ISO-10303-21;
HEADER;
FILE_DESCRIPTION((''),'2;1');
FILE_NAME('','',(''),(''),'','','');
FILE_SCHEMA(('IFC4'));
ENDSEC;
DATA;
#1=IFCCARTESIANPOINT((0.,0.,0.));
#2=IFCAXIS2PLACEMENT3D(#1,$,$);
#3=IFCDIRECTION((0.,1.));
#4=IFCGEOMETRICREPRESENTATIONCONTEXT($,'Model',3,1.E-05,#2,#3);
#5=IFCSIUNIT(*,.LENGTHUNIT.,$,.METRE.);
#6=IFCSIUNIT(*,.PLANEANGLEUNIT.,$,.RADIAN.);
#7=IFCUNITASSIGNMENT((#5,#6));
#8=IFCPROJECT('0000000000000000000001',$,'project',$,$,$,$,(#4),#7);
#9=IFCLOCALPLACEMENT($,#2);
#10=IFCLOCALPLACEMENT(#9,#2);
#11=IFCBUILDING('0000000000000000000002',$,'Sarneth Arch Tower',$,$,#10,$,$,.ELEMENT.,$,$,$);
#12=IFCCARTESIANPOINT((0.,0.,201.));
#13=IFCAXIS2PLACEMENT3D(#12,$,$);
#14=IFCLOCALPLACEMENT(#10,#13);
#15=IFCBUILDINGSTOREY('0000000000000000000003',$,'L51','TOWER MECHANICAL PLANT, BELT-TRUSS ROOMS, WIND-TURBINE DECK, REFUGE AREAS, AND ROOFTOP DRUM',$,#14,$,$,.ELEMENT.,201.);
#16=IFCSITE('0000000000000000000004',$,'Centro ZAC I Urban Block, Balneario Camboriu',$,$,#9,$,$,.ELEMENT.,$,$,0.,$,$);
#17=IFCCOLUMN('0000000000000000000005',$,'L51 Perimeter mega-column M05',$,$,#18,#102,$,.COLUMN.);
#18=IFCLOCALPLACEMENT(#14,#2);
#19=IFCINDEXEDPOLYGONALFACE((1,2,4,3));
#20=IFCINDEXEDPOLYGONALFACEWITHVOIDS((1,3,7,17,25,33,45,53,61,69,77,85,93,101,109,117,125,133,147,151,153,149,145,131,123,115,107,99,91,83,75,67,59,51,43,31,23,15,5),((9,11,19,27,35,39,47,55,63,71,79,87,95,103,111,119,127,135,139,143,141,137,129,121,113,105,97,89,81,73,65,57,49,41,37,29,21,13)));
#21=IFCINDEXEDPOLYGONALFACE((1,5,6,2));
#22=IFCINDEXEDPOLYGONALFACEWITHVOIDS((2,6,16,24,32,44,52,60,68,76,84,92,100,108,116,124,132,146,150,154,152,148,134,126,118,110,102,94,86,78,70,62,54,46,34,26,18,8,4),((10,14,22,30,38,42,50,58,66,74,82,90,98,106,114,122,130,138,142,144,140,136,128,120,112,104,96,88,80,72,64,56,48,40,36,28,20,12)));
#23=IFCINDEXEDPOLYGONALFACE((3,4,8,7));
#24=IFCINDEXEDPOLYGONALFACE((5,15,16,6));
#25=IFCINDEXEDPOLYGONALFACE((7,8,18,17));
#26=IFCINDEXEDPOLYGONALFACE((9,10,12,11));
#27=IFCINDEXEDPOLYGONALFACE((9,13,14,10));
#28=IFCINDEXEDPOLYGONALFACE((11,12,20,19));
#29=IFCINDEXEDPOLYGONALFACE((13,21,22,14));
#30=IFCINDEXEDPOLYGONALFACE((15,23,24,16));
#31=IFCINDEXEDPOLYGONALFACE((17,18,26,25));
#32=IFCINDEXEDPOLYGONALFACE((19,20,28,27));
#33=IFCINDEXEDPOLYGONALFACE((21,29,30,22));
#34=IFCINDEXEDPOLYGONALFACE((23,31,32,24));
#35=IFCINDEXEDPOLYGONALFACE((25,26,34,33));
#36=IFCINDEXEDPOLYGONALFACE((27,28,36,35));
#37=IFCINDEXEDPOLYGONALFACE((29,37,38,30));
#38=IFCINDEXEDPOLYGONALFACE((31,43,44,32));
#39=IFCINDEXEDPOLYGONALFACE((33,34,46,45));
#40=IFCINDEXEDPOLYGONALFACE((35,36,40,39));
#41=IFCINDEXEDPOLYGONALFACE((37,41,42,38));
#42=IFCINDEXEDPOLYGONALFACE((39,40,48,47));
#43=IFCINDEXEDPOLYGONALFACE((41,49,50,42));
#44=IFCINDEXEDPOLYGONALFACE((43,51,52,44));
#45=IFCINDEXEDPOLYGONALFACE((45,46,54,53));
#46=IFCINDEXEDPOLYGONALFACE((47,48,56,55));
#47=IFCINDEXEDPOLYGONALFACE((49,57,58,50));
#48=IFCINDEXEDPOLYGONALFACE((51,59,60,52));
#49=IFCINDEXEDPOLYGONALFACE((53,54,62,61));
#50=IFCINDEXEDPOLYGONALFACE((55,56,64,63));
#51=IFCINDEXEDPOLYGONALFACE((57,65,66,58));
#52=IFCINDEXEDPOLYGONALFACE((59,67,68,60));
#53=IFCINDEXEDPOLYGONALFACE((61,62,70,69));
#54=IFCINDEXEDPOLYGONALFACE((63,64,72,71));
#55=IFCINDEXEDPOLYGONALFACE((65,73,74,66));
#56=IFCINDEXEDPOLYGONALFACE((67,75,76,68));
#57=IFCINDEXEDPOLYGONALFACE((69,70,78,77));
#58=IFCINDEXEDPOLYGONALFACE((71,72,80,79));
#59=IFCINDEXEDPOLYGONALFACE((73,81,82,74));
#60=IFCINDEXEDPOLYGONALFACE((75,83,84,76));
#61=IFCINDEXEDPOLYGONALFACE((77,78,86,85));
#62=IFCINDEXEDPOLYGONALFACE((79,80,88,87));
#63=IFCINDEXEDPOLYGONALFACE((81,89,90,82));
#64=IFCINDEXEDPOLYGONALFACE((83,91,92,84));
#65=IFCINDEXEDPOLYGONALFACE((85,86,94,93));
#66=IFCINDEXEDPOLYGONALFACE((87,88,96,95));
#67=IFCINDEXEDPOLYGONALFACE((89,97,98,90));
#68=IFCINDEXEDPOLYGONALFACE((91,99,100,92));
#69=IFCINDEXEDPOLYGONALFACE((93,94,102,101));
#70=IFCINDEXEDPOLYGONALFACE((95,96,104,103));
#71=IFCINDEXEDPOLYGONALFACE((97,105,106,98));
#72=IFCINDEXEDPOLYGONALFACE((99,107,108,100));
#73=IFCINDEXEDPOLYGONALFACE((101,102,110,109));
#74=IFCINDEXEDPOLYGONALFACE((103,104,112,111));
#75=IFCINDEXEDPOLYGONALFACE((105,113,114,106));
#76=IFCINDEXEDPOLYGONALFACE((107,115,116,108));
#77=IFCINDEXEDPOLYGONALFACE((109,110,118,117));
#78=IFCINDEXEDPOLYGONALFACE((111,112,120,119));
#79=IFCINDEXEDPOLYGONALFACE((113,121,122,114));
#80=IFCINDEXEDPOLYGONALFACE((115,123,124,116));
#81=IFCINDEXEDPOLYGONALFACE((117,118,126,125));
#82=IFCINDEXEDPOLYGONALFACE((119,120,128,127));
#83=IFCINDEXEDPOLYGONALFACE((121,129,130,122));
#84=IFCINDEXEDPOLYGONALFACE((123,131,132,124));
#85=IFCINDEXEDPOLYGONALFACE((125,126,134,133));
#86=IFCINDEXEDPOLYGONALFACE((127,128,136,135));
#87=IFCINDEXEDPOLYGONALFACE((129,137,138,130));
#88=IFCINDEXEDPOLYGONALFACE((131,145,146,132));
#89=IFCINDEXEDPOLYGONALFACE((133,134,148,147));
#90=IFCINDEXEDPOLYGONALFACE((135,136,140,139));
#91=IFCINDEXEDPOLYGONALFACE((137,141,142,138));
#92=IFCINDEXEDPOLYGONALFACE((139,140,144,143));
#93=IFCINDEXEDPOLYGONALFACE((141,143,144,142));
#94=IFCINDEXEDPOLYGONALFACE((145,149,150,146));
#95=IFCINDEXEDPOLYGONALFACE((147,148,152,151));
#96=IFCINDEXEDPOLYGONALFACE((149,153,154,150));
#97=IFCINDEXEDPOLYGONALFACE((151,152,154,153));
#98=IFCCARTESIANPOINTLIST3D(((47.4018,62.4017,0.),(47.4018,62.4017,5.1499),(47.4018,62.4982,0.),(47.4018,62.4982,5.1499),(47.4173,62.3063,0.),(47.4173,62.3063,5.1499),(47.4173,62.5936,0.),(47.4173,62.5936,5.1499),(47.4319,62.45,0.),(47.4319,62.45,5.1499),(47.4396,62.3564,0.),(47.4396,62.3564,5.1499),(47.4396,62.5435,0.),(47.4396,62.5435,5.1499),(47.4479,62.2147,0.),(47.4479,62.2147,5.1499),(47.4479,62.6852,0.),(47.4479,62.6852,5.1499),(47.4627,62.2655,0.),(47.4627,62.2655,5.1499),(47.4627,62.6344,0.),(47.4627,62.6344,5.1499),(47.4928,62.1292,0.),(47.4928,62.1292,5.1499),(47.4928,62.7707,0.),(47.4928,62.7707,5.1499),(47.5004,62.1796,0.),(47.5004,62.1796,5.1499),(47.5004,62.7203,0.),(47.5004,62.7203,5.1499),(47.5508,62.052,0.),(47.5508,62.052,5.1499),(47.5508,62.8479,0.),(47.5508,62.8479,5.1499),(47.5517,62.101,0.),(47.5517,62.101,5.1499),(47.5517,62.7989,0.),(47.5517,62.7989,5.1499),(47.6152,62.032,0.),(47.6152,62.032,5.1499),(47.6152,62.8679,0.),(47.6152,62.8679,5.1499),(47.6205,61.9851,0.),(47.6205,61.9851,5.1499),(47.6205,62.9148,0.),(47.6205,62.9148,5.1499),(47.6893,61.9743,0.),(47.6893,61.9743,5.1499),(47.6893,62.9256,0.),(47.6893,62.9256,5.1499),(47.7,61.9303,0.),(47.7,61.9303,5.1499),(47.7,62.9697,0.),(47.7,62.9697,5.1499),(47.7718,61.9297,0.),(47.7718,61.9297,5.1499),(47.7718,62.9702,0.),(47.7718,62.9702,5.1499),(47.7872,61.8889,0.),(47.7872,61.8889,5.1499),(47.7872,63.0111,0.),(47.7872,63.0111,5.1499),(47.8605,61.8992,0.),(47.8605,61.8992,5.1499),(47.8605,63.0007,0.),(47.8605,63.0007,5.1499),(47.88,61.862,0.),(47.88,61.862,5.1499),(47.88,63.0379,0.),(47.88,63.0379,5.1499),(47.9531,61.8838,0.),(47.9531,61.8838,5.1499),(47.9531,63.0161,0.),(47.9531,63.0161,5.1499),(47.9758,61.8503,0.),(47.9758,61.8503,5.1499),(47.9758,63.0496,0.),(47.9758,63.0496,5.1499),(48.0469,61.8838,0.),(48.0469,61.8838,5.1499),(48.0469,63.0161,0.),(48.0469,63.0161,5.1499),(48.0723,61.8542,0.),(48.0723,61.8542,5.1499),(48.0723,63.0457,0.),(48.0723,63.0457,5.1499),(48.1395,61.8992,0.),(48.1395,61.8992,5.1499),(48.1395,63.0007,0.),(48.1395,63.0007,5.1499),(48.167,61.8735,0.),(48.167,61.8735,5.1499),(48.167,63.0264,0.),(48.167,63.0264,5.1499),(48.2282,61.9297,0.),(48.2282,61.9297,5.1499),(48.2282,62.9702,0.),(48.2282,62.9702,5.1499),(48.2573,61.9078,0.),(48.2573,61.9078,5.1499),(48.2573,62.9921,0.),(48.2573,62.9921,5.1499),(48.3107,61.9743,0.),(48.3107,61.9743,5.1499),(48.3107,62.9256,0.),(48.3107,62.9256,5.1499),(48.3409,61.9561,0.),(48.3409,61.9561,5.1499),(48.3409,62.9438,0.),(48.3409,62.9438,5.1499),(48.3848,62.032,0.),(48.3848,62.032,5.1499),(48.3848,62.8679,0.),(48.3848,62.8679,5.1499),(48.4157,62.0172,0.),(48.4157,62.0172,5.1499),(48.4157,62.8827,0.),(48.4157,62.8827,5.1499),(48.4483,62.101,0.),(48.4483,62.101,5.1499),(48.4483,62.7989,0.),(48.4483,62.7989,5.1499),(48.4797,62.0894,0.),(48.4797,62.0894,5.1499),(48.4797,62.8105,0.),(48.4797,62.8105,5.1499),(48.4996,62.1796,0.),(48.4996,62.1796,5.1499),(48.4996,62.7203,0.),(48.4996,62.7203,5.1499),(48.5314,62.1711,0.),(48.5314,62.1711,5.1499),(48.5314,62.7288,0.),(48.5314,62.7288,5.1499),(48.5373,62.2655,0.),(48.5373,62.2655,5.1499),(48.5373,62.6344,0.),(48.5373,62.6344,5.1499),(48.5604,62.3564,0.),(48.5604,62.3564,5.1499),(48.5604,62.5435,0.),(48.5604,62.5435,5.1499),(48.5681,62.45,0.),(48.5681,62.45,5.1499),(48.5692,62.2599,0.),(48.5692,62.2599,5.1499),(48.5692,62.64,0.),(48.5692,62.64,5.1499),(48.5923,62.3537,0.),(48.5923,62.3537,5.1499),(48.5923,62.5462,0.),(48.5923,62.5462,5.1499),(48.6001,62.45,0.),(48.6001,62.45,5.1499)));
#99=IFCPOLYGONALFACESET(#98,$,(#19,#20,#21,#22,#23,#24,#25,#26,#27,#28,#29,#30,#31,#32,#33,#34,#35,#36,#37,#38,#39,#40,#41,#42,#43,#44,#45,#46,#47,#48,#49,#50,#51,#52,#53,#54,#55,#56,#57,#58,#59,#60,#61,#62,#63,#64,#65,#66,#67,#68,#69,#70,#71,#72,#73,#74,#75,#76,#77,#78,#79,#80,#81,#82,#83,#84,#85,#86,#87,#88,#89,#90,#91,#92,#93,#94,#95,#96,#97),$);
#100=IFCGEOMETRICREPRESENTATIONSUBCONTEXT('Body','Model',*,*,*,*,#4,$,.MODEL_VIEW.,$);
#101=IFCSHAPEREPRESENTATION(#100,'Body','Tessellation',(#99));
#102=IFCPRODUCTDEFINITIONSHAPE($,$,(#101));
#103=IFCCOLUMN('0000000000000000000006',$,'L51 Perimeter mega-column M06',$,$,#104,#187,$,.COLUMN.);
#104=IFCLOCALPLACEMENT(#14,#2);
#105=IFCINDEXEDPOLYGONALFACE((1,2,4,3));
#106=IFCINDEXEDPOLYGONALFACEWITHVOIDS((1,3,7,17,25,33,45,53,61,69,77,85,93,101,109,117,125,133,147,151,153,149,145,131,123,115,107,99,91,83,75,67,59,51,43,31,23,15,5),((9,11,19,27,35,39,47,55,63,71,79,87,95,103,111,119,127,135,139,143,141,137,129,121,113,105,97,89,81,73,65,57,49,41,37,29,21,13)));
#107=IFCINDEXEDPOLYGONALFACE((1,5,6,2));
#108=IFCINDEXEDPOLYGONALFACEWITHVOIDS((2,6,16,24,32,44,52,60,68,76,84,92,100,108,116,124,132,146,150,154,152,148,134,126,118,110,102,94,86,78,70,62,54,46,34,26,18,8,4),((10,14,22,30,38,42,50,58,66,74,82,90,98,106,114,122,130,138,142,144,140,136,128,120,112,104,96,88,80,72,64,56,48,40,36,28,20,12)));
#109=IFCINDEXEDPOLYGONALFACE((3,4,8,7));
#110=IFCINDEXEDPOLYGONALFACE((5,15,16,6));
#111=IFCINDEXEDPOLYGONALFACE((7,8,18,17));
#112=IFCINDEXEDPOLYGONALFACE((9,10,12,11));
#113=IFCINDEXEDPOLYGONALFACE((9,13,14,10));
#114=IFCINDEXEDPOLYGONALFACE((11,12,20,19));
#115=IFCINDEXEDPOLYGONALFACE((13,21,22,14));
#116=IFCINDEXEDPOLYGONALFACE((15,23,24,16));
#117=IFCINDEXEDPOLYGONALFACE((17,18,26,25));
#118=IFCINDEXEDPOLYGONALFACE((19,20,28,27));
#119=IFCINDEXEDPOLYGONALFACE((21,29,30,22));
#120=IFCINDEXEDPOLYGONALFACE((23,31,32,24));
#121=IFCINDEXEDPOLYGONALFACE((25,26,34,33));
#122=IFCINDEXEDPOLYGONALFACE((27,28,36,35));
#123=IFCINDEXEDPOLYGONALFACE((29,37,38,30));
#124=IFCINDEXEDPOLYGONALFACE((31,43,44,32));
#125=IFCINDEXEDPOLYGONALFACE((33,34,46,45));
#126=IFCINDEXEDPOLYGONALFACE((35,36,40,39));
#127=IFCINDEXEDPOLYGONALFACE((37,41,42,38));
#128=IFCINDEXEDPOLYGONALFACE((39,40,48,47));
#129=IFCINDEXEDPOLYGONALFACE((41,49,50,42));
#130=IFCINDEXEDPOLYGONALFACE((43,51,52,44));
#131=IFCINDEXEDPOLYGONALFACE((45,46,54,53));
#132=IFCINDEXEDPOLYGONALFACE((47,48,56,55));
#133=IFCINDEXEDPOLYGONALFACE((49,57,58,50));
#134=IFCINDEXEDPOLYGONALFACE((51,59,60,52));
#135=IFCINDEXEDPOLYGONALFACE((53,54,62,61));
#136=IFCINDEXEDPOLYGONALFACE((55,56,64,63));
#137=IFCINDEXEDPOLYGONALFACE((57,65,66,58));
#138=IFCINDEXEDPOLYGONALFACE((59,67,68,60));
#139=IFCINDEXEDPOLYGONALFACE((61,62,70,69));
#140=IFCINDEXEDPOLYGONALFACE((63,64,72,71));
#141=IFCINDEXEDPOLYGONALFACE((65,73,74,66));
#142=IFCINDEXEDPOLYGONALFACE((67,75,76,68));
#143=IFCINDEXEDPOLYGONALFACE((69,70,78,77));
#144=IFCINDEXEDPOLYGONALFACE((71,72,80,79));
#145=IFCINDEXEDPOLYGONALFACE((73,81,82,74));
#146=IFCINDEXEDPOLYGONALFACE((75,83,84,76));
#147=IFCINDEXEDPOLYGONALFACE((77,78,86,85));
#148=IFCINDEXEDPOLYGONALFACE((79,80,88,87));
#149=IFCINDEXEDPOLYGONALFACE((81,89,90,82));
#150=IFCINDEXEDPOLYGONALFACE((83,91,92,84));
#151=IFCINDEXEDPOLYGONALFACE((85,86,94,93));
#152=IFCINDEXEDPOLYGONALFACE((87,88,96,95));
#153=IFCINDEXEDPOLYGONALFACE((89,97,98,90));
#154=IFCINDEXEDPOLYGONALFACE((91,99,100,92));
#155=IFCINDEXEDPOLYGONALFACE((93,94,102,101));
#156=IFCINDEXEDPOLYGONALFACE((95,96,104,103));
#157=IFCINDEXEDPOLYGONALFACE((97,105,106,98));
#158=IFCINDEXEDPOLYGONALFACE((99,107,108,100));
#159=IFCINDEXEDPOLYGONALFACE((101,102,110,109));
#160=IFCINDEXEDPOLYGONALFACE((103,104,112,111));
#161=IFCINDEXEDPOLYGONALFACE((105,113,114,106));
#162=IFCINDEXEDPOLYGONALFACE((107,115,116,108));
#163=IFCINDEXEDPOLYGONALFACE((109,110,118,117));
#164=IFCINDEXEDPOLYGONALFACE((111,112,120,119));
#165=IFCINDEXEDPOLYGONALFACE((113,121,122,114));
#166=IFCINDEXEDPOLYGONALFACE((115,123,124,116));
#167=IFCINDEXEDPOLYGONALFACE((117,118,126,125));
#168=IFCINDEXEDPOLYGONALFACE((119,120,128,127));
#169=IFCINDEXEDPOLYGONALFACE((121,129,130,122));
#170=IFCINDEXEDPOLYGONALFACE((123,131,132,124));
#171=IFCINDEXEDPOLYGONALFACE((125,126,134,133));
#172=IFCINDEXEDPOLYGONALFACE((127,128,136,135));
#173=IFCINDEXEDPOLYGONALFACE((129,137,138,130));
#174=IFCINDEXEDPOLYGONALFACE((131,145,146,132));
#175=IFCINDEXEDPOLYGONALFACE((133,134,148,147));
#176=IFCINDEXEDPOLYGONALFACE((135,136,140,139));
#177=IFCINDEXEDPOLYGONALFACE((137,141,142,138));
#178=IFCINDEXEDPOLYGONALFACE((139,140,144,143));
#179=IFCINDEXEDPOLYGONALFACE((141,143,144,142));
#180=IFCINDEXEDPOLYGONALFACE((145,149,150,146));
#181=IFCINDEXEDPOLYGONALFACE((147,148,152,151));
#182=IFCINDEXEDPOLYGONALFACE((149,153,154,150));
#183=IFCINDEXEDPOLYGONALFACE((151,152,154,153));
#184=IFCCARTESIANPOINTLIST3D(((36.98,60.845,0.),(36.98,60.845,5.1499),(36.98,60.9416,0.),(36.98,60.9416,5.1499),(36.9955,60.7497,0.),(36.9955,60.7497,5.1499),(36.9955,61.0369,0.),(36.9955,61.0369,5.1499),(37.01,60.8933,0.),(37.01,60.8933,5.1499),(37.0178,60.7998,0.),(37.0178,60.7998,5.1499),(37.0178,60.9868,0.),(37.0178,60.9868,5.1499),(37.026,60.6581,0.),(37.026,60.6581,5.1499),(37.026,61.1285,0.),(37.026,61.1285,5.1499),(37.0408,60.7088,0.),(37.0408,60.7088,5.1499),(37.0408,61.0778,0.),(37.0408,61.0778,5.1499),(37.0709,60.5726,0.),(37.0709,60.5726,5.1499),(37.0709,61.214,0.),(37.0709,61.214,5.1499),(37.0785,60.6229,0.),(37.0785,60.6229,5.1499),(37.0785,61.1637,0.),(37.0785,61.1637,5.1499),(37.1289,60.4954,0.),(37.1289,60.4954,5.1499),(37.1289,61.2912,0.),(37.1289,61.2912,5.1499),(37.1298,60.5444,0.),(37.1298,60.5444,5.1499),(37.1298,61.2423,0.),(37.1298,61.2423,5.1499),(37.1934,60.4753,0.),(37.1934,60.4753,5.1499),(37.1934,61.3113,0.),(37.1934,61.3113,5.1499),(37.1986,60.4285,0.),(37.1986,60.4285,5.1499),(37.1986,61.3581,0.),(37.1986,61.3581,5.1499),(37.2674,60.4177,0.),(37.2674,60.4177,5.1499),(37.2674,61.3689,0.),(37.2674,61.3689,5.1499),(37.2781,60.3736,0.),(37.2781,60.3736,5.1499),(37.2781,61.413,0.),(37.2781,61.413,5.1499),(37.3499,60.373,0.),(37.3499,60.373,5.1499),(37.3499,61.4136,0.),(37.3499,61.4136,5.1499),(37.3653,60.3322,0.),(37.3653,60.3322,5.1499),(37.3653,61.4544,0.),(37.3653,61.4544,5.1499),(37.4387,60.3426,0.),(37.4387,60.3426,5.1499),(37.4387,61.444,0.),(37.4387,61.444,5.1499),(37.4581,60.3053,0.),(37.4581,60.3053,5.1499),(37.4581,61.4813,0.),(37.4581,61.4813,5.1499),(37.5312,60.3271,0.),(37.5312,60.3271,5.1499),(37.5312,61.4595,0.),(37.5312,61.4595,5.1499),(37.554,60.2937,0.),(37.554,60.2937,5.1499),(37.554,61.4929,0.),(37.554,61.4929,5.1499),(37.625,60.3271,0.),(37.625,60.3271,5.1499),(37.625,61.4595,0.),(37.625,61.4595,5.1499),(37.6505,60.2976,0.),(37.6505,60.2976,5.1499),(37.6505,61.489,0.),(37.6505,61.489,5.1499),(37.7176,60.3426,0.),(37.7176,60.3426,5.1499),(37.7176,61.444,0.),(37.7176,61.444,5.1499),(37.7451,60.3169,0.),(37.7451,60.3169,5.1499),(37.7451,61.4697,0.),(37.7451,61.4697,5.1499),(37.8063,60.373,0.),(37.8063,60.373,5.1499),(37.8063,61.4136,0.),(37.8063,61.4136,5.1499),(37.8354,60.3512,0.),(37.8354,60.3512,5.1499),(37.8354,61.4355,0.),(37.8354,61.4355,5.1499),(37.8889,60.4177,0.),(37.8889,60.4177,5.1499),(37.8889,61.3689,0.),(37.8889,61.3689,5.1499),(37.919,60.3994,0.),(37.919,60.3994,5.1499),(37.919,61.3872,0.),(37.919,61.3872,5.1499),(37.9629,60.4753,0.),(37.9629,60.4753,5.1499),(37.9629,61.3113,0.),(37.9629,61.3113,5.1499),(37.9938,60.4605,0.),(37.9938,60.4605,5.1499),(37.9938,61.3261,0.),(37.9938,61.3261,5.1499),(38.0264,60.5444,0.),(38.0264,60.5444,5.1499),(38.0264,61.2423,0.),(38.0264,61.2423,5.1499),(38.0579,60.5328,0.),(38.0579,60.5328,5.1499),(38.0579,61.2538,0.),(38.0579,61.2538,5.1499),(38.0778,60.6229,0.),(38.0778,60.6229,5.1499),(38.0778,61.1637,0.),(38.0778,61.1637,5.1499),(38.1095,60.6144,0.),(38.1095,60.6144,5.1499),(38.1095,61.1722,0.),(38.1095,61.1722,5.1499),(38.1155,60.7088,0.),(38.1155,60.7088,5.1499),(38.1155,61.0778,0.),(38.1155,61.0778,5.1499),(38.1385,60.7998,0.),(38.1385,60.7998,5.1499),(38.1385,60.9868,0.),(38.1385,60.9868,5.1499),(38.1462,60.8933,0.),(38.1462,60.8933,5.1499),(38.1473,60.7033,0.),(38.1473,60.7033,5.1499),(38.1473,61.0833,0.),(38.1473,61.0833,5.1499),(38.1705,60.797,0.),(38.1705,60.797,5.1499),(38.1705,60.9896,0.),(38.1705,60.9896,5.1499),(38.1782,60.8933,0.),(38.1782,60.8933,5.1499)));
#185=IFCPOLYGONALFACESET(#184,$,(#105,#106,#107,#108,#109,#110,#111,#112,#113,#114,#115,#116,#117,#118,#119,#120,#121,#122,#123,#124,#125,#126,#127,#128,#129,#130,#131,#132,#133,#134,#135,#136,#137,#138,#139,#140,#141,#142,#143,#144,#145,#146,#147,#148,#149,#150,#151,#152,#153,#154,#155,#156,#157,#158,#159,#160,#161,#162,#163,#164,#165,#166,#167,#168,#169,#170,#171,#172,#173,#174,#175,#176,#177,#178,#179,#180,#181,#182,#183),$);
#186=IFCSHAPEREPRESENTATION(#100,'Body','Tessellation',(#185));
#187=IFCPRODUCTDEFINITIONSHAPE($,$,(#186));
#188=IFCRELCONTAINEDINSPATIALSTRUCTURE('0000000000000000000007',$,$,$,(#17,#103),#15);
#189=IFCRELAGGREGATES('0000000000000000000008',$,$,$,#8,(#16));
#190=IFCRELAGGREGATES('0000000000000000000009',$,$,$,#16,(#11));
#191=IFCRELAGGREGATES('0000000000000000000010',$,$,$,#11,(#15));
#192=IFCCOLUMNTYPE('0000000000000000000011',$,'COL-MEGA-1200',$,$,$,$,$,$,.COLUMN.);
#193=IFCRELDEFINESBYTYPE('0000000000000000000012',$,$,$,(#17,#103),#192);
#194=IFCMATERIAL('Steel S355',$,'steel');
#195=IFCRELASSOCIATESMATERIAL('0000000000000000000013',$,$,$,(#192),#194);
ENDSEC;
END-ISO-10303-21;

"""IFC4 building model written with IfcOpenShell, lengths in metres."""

from ifc_helpers import new_model, si_unit, direction, frame, origin, origin_2d, place, context, subcontext, project, spatial, hollow_circle, extrude, material, material_profile, profile_set, type_object, element, save


model = new_model("IFC4")

# Units and contexts
model_context = context("Model", 3, precision=1e-05, world=origin(), true_north=direction((0.0, 1.0)))
body_context = subcontext(model_context, "Body", "Model", "MODEL_VIEW")
ifc_project = project(units=[si_unit("LENGTHUNIT", "METRE"), si_unit("PLANEANGLEUNIT", "RADIAN")], contexts=[model_context])

# Site, building, storey
site_placement = place(None, origin())
site = spatial("IfcSite", under=ifc_project, at=site_placement, Name="Centro ZAC I Urban Block, Balneario Camboriu", CompositionType="ELEMENT", RefElevation=0.0)
building_placement = place(site_placement, origin())
building = spatial("IfcBuilding", under=site, at=building_placement, Name="Sarneth Arch Tower", CompositionType="ELEMENT")
storey_placement = place(building_placement, frame((0.0, 0.0, 201.0)))
storey = spatial("IfcBuildingStorey", under=building, at=storey_placement, Name="L51", Description="TOWER MECHANICAL PLANT, BELT-TRUSS ROOMS, WIND-TURBINE DECK, REFUGE AREAS, AND ROOFTOP DRUM", CompositionType="ELEMENT", Elevation=201.0)

# Columns
ifc_material_1 = material(Name="Steel S355", Category="steel")
ifc_material_profile_1 = material_profile(ifc_material_1, hollow_circle(Radius=0.6001, WallThickness=0.032, at=origin_2d()), Name="CHS1200x32")
ifc_profile_set_1 = profile_set([ifc_material_profile_1], Name="Steel S355")
column_type = type_object("IfcColumnType", Name="COL-MEGA-1200", PredefinedType="COLUMN", material=ifc_profile_set_1)
for number, where, z_axis, x_axis, name in (
    (1, (48.0, 62.45, 0.0), (0.0, 0.0, 1.0), (1.0, 0.0, 0.0), "L51 Perimeter mega-column M05"),
    (2, (37.5781, 60.8933, 0.0), (0.0, 0.0, 1.0), (1.0, 0.0, 0.0), "L51 Perimeter mega-column M06"),
):
    element("IfcColumn", number, at=place(storey_placement, frame(where, z_axis=z_axis, x_axis=x_axis)), inside=storey, type_object=column_type, Name=name, PredefinedType="COLUMN", context=body_context, shape_type="SweptSolid", body=[
        extrude(hollow_circle(Radius=0.6001, WallThickness=0.032, at=origin_2d()), origin(), (0.0, 0.0, 1.0), 5.1499),
    ])

save(model, "model.ifc")
